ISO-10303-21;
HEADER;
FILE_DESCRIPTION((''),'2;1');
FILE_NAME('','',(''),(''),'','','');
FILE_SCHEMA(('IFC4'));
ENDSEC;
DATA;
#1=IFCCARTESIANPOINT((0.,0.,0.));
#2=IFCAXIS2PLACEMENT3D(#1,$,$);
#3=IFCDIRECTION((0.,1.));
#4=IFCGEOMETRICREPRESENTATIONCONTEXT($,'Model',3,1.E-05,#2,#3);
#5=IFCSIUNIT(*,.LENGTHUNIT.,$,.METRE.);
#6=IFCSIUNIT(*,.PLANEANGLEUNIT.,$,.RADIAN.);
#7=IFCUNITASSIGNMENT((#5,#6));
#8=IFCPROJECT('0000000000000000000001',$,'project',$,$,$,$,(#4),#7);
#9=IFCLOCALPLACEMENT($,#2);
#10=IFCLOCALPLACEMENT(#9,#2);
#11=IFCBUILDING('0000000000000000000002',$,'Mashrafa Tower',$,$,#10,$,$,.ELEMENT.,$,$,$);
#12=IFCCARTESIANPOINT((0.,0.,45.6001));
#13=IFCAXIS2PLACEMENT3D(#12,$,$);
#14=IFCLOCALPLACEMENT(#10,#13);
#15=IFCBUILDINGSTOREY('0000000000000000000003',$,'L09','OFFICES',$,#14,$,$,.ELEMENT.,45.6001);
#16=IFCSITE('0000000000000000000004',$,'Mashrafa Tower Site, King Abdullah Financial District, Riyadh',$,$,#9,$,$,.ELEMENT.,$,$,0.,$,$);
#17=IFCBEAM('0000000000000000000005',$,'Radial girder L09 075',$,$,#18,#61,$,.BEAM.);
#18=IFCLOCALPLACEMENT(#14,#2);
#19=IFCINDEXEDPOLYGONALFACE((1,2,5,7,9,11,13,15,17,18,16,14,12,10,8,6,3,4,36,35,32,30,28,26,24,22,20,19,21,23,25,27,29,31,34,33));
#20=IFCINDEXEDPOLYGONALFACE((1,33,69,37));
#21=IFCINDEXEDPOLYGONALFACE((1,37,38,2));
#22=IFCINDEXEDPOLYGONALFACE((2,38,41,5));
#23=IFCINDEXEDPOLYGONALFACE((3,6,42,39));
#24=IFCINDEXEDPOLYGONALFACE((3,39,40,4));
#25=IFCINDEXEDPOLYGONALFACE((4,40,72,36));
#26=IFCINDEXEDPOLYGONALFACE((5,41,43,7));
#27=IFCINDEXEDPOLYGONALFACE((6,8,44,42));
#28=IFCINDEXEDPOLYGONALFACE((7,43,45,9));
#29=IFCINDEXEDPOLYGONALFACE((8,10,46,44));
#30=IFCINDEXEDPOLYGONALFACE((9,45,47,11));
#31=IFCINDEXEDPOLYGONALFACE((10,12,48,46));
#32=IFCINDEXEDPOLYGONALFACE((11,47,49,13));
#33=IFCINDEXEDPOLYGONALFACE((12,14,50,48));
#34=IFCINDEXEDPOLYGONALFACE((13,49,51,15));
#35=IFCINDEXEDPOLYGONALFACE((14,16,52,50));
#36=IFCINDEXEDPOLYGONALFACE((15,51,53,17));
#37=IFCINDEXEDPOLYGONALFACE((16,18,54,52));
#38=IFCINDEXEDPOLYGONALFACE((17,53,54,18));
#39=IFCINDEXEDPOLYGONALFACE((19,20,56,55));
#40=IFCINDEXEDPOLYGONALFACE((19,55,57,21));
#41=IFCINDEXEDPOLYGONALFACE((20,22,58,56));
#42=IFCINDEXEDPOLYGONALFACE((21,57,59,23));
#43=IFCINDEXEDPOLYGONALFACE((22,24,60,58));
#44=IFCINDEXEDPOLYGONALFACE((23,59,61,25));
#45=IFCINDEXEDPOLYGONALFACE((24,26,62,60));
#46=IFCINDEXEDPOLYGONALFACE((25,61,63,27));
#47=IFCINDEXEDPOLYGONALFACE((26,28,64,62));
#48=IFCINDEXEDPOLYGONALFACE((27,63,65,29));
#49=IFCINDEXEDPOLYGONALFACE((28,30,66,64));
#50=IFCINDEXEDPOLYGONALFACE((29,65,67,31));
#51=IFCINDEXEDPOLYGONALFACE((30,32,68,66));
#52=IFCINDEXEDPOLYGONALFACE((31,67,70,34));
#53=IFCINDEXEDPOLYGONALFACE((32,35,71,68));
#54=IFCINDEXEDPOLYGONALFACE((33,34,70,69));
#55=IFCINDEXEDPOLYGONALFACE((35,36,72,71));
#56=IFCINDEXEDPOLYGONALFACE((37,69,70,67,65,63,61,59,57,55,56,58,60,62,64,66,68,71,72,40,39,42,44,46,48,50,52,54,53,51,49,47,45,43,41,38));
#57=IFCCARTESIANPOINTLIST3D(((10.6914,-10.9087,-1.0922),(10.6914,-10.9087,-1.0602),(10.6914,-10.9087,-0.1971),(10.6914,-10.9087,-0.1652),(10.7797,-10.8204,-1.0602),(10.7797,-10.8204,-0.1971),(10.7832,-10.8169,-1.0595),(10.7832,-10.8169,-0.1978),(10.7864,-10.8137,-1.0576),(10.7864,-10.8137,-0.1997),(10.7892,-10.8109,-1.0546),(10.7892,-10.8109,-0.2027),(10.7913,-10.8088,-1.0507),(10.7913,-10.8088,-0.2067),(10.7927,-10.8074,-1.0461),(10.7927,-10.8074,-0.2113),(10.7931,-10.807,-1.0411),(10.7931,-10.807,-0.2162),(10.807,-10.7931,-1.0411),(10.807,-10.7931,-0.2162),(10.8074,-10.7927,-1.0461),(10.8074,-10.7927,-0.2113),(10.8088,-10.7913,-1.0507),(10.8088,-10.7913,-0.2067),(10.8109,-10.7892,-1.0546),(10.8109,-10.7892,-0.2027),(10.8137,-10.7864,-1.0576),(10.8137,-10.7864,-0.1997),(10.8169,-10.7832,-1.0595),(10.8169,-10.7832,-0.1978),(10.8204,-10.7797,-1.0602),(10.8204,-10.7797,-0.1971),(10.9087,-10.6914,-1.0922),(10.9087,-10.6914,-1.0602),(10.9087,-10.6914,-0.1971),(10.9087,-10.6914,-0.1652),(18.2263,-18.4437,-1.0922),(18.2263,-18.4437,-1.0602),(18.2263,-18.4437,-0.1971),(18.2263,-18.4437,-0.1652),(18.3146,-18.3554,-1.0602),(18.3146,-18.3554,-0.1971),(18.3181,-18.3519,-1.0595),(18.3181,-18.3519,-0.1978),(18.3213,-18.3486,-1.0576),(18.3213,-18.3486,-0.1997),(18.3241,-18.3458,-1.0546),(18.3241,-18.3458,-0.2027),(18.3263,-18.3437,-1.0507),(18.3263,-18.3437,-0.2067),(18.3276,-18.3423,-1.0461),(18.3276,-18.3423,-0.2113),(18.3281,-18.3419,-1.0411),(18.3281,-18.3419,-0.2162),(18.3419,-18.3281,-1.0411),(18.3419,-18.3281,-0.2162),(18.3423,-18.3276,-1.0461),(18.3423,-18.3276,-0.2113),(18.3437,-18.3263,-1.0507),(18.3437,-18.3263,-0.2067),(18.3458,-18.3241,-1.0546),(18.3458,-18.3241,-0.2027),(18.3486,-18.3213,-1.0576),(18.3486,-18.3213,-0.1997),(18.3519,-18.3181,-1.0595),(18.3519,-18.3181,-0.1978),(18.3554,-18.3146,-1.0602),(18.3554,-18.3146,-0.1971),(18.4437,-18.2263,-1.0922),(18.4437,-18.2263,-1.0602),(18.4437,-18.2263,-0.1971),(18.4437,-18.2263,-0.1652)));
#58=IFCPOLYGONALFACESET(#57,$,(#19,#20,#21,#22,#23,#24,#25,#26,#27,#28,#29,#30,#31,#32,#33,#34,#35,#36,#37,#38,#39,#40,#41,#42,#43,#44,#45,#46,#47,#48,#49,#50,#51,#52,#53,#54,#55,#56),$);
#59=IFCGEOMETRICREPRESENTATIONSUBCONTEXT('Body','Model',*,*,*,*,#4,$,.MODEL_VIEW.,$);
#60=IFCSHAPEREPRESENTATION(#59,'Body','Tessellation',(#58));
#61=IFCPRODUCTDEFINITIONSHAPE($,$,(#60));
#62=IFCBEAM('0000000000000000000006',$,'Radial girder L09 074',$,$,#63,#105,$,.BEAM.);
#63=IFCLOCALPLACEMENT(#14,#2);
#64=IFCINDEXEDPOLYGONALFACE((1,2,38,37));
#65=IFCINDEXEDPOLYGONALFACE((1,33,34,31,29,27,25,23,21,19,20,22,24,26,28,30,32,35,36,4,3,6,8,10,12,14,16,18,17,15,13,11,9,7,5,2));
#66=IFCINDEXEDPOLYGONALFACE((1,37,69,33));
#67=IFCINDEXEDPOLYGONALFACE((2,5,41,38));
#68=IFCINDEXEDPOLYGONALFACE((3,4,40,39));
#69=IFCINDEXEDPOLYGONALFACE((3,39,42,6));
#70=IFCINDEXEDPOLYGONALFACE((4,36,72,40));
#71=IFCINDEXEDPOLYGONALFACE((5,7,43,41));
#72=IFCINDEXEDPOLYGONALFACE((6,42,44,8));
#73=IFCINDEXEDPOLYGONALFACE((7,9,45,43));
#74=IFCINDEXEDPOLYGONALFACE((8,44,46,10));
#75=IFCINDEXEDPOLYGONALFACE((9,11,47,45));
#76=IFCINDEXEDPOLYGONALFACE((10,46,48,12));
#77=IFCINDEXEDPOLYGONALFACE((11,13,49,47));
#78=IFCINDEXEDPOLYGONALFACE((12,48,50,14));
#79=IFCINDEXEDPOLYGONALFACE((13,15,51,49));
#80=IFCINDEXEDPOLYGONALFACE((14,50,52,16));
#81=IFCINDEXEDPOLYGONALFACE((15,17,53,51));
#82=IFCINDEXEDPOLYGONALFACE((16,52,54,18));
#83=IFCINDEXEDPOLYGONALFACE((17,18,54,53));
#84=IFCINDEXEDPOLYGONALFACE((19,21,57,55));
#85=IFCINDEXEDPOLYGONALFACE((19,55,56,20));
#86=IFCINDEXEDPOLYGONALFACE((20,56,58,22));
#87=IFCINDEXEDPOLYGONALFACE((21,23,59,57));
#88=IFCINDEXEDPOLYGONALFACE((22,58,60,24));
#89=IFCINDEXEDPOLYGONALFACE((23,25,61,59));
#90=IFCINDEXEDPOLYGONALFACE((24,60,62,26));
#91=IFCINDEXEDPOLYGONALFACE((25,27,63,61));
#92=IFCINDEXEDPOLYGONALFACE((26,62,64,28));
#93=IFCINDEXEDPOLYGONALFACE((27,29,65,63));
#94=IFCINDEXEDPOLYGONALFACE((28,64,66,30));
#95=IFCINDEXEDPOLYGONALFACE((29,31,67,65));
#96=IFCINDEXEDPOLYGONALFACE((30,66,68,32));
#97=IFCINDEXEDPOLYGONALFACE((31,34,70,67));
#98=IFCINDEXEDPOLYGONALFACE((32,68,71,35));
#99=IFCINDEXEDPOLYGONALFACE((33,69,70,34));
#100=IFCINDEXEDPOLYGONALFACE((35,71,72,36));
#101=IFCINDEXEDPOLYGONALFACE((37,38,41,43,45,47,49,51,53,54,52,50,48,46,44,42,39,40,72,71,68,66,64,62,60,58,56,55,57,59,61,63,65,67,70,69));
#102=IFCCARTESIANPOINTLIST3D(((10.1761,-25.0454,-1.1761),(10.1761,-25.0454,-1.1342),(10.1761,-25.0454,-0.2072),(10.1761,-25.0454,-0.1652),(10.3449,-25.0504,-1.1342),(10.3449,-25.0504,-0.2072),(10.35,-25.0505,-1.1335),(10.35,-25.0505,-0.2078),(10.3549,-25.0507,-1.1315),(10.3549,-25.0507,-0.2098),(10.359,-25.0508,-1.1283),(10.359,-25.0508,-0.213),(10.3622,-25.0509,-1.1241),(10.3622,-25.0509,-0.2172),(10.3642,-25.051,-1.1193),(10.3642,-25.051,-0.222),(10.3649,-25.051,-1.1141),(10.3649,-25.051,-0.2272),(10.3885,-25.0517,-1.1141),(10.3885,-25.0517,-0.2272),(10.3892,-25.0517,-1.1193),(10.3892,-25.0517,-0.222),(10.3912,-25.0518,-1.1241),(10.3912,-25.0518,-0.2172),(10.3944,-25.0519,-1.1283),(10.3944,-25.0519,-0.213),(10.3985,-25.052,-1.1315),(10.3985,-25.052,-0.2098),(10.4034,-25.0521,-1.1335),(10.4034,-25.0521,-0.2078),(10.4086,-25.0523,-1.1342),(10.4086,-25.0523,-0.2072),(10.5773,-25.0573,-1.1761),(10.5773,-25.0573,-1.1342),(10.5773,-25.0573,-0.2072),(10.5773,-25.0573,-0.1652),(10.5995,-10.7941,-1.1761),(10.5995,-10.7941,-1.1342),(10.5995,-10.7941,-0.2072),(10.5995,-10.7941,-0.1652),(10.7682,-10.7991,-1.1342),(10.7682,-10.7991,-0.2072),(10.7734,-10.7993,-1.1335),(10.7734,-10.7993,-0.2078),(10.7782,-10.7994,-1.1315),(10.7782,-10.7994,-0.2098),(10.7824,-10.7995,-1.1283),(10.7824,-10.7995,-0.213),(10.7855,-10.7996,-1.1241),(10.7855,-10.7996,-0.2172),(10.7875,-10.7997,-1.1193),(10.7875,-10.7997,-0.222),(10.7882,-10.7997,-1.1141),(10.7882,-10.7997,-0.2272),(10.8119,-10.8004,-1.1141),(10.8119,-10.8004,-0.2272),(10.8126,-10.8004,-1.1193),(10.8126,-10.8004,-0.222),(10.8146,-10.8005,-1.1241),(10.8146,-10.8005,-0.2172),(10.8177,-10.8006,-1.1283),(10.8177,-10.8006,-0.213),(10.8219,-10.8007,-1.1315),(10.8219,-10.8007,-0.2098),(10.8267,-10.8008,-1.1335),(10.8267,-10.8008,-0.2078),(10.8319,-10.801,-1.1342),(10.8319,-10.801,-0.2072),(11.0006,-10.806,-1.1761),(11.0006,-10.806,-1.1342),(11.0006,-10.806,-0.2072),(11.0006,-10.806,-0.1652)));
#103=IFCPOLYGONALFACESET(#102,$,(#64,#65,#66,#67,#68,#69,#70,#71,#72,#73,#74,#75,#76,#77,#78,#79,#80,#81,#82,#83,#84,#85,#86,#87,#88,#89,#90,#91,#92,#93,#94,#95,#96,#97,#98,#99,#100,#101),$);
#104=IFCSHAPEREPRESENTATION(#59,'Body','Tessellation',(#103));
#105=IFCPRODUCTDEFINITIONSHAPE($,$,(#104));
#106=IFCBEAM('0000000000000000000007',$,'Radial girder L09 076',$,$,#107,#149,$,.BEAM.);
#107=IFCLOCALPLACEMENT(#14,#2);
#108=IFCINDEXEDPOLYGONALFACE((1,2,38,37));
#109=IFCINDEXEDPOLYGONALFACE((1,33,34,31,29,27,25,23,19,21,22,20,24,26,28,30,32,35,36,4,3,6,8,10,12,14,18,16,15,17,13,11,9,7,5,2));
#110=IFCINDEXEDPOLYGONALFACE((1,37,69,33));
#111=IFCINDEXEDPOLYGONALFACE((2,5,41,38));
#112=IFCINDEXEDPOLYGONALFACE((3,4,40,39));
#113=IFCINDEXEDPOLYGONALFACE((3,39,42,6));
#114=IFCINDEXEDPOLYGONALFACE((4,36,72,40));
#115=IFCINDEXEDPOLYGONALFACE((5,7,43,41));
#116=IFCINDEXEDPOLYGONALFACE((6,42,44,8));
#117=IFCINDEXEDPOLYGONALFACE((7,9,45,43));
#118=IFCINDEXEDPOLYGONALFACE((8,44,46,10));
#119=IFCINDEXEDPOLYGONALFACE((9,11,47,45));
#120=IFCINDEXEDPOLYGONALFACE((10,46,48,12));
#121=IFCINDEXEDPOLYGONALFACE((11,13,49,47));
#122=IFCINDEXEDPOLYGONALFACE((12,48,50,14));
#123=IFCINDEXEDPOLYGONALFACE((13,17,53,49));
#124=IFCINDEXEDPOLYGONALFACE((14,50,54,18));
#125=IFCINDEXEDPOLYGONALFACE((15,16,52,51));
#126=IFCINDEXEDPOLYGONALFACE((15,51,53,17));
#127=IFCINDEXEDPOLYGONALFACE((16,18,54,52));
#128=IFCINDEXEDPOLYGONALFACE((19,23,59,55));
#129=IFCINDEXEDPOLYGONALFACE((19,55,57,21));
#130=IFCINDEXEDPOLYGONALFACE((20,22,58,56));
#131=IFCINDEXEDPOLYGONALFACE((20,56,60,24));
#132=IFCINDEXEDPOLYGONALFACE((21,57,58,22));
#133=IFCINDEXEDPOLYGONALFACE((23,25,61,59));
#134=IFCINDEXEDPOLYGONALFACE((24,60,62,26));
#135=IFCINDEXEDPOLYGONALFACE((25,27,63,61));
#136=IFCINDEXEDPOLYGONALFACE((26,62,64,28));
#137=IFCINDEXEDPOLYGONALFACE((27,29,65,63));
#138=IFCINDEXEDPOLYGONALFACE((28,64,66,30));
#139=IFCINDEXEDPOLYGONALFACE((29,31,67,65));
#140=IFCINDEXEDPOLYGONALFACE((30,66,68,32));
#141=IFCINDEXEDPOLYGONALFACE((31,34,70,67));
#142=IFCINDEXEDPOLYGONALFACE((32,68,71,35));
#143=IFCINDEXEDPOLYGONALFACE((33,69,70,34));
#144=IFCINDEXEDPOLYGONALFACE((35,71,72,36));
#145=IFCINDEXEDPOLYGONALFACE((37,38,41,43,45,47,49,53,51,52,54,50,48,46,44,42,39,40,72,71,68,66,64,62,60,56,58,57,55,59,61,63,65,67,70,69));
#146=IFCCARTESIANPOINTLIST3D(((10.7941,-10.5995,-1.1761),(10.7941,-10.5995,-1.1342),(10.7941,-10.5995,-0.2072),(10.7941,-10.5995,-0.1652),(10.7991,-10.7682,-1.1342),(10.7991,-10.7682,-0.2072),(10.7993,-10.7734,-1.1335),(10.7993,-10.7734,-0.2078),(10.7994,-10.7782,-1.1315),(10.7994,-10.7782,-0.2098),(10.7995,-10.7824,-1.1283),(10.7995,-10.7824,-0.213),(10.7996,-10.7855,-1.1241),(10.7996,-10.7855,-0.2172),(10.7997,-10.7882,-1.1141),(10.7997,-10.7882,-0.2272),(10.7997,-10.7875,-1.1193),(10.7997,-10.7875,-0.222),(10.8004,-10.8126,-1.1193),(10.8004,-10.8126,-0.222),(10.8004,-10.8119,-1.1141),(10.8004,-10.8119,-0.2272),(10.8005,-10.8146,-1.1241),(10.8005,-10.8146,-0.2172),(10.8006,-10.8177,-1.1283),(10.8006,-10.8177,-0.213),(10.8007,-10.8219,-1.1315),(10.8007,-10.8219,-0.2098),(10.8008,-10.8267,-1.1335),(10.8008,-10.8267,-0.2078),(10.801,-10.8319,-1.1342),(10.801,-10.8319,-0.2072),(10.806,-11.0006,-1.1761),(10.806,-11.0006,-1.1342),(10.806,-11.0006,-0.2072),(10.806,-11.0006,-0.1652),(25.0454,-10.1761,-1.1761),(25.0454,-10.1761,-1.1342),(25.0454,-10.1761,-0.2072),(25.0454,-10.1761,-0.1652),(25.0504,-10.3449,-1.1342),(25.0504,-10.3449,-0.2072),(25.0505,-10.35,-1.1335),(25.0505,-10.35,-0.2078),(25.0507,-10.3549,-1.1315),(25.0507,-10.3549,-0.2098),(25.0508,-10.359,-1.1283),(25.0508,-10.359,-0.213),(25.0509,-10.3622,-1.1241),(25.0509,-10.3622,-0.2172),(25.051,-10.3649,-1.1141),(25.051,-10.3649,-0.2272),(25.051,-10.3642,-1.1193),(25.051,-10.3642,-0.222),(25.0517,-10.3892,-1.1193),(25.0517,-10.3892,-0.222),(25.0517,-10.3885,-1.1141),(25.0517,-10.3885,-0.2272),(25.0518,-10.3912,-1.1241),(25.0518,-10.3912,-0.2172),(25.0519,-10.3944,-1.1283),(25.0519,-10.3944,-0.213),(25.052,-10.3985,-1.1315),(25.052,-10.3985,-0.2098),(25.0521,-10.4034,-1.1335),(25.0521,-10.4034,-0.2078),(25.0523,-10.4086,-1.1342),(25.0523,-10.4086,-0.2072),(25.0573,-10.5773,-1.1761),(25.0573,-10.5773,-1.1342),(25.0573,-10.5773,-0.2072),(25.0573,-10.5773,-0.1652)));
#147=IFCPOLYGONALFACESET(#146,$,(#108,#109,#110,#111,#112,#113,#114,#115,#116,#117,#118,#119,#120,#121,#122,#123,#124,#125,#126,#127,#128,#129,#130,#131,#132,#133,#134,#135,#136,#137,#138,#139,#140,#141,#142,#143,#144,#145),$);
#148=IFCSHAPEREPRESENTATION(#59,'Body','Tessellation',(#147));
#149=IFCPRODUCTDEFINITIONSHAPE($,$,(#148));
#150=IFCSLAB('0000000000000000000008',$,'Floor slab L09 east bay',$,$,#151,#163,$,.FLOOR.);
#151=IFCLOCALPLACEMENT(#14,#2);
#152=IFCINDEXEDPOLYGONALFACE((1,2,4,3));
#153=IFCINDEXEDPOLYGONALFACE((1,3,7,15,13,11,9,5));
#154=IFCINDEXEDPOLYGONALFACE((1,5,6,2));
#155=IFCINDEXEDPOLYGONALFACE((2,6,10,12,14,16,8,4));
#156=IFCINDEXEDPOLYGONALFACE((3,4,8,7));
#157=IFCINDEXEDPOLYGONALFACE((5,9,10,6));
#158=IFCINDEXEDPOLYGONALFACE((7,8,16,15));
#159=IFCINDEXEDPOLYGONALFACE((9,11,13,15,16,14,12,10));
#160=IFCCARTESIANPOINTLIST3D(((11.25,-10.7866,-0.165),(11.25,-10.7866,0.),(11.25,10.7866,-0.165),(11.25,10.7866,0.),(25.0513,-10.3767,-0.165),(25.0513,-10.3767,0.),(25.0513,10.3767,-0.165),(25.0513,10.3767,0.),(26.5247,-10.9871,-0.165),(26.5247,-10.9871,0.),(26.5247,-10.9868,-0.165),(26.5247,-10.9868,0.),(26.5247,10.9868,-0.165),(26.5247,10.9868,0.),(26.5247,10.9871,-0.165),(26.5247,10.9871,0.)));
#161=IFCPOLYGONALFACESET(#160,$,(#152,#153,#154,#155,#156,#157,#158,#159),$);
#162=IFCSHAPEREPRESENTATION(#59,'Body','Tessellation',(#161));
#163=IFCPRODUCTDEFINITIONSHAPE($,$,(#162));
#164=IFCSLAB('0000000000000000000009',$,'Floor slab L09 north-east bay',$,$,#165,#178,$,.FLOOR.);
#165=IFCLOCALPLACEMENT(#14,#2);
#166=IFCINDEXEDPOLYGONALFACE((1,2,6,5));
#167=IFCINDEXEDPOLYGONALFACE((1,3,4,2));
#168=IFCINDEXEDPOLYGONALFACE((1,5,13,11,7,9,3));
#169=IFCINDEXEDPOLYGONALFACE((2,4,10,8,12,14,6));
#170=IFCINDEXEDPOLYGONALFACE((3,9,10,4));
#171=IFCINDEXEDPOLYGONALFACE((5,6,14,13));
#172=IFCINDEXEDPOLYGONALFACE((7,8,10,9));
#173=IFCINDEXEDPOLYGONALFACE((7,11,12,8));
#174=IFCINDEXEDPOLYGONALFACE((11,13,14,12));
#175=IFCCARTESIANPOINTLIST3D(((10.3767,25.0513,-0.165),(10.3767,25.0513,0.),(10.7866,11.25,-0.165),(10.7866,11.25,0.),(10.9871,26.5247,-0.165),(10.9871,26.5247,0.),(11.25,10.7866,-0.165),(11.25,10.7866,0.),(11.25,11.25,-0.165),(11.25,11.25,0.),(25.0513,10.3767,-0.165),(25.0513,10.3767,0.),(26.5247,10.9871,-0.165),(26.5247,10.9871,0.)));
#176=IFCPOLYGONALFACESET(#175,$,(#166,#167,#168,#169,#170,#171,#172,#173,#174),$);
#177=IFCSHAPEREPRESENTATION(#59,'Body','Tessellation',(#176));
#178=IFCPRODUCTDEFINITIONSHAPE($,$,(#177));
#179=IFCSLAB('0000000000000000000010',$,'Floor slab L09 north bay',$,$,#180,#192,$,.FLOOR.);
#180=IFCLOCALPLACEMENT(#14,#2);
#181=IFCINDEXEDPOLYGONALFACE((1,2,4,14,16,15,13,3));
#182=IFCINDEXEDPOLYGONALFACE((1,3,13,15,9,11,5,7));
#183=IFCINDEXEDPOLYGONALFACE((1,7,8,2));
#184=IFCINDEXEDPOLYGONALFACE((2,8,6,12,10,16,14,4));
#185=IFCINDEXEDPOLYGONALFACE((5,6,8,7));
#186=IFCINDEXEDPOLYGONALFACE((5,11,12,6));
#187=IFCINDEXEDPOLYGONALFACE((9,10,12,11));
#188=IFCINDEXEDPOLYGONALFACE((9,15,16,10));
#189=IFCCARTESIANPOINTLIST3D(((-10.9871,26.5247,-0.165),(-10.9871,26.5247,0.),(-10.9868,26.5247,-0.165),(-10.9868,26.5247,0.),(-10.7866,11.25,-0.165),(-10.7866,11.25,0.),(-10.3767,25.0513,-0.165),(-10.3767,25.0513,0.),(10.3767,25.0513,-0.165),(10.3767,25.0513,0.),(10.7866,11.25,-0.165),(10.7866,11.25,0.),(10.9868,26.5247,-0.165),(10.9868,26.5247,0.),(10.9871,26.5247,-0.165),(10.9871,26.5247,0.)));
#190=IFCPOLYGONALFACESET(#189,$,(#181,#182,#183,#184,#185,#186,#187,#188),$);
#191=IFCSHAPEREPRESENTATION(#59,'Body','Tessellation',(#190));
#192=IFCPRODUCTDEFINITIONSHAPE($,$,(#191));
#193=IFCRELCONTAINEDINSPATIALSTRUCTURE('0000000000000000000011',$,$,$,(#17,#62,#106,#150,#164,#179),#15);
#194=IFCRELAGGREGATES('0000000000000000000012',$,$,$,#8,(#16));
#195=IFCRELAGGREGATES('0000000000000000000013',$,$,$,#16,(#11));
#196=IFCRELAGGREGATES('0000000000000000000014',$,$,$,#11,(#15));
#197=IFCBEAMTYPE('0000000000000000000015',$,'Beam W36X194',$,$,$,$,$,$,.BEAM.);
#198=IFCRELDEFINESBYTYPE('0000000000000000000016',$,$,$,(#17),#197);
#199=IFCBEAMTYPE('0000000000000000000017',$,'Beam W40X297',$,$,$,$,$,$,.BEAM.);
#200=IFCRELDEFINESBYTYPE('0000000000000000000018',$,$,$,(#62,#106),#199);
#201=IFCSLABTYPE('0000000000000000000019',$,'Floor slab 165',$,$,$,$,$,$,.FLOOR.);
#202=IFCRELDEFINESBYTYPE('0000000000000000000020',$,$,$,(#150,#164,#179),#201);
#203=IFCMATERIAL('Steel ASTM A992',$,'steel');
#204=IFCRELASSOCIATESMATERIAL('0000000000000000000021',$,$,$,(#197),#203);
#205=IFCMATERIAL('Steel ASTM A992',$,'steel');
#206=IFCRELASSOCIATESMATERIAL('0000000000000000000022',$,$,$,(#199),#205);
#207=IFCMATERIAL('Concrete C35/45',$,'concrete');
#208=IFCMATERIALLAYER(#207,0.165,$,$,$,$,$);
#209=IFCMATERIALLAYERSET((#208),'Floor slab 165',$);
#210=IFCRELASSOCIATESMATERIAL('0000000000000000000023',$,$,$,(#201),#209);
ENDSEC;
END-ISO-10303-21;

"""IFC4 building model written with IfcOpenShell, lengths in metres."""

from ifc_helpers import new_model, si_unit, direction, frame, origin, origin_2d, place, context, subcontext, project, spatial, polyline, i_section, outline, extrude, material, layer, layer_set, material_profile, profile_set, type_object, element, save


model = new_model("IFC4")

# Units and contexts
model_context = context("Model", 3, precision=1e-05, world=origin(), true_north=direction((0.0, 1.0)))
body_context = subcontext(model_context, "Body", "Model", "MODEL_VIEW")
ifc_project = project(units=[si_unit("LENGTHUNIT", "METRE"), si_unit("PLANEANGLEUNIT", "RADIAN")], contexts=[model_context])

# Site, building, storey
site_placement = place(None, origin())
site = spatial("IfcSite", under=ifc_project, at=site_placement, Name="Mashrafa Tower Site, King Abdullah Financial District, Riyadh", CompositionType="ELEMENT", RefElevation=0.0)
building_placement = place(site_placement, origin())
building = spatial("IfcBuilding", under=site, at=building_placement, Name="Mashrafa Tower", CompositionType="ELEMENT")
storey_placement = place(building_placement, frame((0.0, 0.0, 45.6001)))
storey = spatial("IfcBuildingStorey", under=building, at=storey_placement, Name="L09", Description="OFFICES", CompositionType="ELEMENT", Elevation=45.6001)

# Beams
ifc_material_1 = material(Name="Steel ASTM A992", Category="steel")
ifc_material_profile_1 = material_profile(ifc_material_1, i_section(OverallWidth=0.3074, OverallDepth=0.927, WebThickness=0.0195, FlangeThickness=0.032, FilletRadius=0.019, at=origin_2d()), Name="W36X194")
ifc_profile_set_1 = profile_set([ifc_material_profile_1], Name="Steel ASTM A992")
beam_type_1 = type_object("IfcBeamType", Name="Beam W36X194", PredefinedType="BEAM", material=ifc_profile_set_1)
beam_placement = place(storey_placement, frame((10.8, -10.8, -0.6287), z_axis=(0.707107, -0.707107, 0.0), x_axis=(0.707107, 0.707107, 0.0)))
element("IfcBeam", 1, at=beam_placement, inside=storey, type_object=beam_type_1, Name="Radial girder L09 075", PredefinedType="BEAM", context=body_context, shape_type="SweptSolid", body=[
    extrude(i_section(OverallWidth=0.3074, OverallDepth=0.927, WebThickness=0.0195, FlangeThickness=0.032, FilletRadius=0.019, at=origin_2d()), origin(), (0.0, 0.0, 1.0), 10.656),
])
ifc_material_2 = material(Name="Steel ASTM A992", Category="steel")
ifc_material_profile_2 = material_profile(ifc_material_2, i_section(OverallWidth=0.4014, OverallDepth=1.011, WebThickness=0.0237, FlangeThickness=0.042, FilletRadius=0.02, at=origin_2d()), Name="W40X297")
ifc_profile_set_2 = profile_set([ifc_material_profile_2], Name="Steel ASTM A992")
beam_type_2 = type_object("IfcBeamType", Name="Beam W40X297", PredefinedType="BEAM", material=ifc_profile_set_2)
for number, where, z_axis, x_axis, name in (
    (2, (10.8, -10.8, -0.6707), (-0.029692, -0.999559, 0.0), (0.999559, -0.029692, 0.0), "Radial girder L09 074"),
    (3, (10.8, -10.8, -0.6707), (0.999559, 0.029692, 0.0), (-0.029692, 0.999559, 0.0), "Radial girder L09 076"),
):
    element("IfcBeam", number, at=place(storey_placement, frame(where, z_axis=z_axis, x_axis=x_axis)), inside=storey, type_object=beam_type_2, Name=name, PredefinedType="BEAM", context=body_context, shape_type="SweptSolid", body=[
        extrude(i_section(OverallWidth=0.4014, OverallDepth=1.011, WebThickness=0.0237, FlangeThickness=0.042, FilletRadius=0.02, at=origin_2d()), origin(), (0.0, 0.0, 1.0), 14.2576),
    ])

# Slabs
ifc_material_3 = material(Name="Concrete C35/45", Category="concrete")
ifc_layer_1 = layer(ifc_material_3, 0.165)
ifc_layer_set_1 = layer_set([ifc_layer_1], Name="Floor slab 165")
slab_type_1 = type_object("IfcSlabType", Name="Floor slab 165", PredefinedType="FLOOR", material=ifc_layer_set_1)
slab_1_placement = place(storey_placement, frame((0.0, 0.0, -0.165)))
element("IfcSlab", 4, at=slab_1_placement, inside=storey, type_object=slab_type_1, Name="Floor slab L09 east bay", PredefinedType="FLOOR", context=body_context, shape_type="SweptSolid", body=[
    extrude(outline(polyline([(26.5247, 10.9868), (26.5247, -10.9868), (26.5247, -10.9871), (25.0513, -10.3767), (11.25, -10.7866), (11.25, 10.7866), (25.0513, 10.3767), (26.5247, 10.9871), (26.5247, 10.9868)])), origin(), (0.0, 0.0, 1.0), 0.165),
])
slab_2_placement = place(storey_placement, frame((0.0, 0.0, -0.165)))
element("IfcSlab", 5, at=slab_2_placement, inside=storey, type_object=slab_type_1, Name="Floor slab L09 north-east bay", PredefinedType="FLOOR", context=body_context, shape_type="SweptSolid", body=[
    extrude(outline(polyline([(26.5247, 10.9871), (25.0513, 10.3767), (11.25, 10.7866), (11.25, 11.25), (10.7866, 11.25), (10.3767, 25.0513), (10.9871, 26.5247), (26.5247, 10.9871)])), origin(), (0.0, 0.0, 1.0), 0.165),
])
slab_3_placement = place(storey_placement, frame((0.0, 0.0, -0.165)))
element("IfcSlab", 6, at=slab_3_placement, inside=storey, type_object=slab_type_1, Name="Floor slab L09 north bay", PredefinedType="FLOOR", context=body_context, shape_type="SweptSolid", body=[
    extrude(outline(polyline([(-10.9868, 26.5247), (10.9868, 26.5247), (10.9871, 26.5247), (10.3767, 25.0513), (10.7866, 11.25), (-10.7866, 11.25), (-10.3767, 25.0513), (-10.9871, 26.5247), (-10.9868, 26.5247)])), origin(), (0.0, 0.0, 1.0), 0.165),
])

save(model, "model.ifc")
